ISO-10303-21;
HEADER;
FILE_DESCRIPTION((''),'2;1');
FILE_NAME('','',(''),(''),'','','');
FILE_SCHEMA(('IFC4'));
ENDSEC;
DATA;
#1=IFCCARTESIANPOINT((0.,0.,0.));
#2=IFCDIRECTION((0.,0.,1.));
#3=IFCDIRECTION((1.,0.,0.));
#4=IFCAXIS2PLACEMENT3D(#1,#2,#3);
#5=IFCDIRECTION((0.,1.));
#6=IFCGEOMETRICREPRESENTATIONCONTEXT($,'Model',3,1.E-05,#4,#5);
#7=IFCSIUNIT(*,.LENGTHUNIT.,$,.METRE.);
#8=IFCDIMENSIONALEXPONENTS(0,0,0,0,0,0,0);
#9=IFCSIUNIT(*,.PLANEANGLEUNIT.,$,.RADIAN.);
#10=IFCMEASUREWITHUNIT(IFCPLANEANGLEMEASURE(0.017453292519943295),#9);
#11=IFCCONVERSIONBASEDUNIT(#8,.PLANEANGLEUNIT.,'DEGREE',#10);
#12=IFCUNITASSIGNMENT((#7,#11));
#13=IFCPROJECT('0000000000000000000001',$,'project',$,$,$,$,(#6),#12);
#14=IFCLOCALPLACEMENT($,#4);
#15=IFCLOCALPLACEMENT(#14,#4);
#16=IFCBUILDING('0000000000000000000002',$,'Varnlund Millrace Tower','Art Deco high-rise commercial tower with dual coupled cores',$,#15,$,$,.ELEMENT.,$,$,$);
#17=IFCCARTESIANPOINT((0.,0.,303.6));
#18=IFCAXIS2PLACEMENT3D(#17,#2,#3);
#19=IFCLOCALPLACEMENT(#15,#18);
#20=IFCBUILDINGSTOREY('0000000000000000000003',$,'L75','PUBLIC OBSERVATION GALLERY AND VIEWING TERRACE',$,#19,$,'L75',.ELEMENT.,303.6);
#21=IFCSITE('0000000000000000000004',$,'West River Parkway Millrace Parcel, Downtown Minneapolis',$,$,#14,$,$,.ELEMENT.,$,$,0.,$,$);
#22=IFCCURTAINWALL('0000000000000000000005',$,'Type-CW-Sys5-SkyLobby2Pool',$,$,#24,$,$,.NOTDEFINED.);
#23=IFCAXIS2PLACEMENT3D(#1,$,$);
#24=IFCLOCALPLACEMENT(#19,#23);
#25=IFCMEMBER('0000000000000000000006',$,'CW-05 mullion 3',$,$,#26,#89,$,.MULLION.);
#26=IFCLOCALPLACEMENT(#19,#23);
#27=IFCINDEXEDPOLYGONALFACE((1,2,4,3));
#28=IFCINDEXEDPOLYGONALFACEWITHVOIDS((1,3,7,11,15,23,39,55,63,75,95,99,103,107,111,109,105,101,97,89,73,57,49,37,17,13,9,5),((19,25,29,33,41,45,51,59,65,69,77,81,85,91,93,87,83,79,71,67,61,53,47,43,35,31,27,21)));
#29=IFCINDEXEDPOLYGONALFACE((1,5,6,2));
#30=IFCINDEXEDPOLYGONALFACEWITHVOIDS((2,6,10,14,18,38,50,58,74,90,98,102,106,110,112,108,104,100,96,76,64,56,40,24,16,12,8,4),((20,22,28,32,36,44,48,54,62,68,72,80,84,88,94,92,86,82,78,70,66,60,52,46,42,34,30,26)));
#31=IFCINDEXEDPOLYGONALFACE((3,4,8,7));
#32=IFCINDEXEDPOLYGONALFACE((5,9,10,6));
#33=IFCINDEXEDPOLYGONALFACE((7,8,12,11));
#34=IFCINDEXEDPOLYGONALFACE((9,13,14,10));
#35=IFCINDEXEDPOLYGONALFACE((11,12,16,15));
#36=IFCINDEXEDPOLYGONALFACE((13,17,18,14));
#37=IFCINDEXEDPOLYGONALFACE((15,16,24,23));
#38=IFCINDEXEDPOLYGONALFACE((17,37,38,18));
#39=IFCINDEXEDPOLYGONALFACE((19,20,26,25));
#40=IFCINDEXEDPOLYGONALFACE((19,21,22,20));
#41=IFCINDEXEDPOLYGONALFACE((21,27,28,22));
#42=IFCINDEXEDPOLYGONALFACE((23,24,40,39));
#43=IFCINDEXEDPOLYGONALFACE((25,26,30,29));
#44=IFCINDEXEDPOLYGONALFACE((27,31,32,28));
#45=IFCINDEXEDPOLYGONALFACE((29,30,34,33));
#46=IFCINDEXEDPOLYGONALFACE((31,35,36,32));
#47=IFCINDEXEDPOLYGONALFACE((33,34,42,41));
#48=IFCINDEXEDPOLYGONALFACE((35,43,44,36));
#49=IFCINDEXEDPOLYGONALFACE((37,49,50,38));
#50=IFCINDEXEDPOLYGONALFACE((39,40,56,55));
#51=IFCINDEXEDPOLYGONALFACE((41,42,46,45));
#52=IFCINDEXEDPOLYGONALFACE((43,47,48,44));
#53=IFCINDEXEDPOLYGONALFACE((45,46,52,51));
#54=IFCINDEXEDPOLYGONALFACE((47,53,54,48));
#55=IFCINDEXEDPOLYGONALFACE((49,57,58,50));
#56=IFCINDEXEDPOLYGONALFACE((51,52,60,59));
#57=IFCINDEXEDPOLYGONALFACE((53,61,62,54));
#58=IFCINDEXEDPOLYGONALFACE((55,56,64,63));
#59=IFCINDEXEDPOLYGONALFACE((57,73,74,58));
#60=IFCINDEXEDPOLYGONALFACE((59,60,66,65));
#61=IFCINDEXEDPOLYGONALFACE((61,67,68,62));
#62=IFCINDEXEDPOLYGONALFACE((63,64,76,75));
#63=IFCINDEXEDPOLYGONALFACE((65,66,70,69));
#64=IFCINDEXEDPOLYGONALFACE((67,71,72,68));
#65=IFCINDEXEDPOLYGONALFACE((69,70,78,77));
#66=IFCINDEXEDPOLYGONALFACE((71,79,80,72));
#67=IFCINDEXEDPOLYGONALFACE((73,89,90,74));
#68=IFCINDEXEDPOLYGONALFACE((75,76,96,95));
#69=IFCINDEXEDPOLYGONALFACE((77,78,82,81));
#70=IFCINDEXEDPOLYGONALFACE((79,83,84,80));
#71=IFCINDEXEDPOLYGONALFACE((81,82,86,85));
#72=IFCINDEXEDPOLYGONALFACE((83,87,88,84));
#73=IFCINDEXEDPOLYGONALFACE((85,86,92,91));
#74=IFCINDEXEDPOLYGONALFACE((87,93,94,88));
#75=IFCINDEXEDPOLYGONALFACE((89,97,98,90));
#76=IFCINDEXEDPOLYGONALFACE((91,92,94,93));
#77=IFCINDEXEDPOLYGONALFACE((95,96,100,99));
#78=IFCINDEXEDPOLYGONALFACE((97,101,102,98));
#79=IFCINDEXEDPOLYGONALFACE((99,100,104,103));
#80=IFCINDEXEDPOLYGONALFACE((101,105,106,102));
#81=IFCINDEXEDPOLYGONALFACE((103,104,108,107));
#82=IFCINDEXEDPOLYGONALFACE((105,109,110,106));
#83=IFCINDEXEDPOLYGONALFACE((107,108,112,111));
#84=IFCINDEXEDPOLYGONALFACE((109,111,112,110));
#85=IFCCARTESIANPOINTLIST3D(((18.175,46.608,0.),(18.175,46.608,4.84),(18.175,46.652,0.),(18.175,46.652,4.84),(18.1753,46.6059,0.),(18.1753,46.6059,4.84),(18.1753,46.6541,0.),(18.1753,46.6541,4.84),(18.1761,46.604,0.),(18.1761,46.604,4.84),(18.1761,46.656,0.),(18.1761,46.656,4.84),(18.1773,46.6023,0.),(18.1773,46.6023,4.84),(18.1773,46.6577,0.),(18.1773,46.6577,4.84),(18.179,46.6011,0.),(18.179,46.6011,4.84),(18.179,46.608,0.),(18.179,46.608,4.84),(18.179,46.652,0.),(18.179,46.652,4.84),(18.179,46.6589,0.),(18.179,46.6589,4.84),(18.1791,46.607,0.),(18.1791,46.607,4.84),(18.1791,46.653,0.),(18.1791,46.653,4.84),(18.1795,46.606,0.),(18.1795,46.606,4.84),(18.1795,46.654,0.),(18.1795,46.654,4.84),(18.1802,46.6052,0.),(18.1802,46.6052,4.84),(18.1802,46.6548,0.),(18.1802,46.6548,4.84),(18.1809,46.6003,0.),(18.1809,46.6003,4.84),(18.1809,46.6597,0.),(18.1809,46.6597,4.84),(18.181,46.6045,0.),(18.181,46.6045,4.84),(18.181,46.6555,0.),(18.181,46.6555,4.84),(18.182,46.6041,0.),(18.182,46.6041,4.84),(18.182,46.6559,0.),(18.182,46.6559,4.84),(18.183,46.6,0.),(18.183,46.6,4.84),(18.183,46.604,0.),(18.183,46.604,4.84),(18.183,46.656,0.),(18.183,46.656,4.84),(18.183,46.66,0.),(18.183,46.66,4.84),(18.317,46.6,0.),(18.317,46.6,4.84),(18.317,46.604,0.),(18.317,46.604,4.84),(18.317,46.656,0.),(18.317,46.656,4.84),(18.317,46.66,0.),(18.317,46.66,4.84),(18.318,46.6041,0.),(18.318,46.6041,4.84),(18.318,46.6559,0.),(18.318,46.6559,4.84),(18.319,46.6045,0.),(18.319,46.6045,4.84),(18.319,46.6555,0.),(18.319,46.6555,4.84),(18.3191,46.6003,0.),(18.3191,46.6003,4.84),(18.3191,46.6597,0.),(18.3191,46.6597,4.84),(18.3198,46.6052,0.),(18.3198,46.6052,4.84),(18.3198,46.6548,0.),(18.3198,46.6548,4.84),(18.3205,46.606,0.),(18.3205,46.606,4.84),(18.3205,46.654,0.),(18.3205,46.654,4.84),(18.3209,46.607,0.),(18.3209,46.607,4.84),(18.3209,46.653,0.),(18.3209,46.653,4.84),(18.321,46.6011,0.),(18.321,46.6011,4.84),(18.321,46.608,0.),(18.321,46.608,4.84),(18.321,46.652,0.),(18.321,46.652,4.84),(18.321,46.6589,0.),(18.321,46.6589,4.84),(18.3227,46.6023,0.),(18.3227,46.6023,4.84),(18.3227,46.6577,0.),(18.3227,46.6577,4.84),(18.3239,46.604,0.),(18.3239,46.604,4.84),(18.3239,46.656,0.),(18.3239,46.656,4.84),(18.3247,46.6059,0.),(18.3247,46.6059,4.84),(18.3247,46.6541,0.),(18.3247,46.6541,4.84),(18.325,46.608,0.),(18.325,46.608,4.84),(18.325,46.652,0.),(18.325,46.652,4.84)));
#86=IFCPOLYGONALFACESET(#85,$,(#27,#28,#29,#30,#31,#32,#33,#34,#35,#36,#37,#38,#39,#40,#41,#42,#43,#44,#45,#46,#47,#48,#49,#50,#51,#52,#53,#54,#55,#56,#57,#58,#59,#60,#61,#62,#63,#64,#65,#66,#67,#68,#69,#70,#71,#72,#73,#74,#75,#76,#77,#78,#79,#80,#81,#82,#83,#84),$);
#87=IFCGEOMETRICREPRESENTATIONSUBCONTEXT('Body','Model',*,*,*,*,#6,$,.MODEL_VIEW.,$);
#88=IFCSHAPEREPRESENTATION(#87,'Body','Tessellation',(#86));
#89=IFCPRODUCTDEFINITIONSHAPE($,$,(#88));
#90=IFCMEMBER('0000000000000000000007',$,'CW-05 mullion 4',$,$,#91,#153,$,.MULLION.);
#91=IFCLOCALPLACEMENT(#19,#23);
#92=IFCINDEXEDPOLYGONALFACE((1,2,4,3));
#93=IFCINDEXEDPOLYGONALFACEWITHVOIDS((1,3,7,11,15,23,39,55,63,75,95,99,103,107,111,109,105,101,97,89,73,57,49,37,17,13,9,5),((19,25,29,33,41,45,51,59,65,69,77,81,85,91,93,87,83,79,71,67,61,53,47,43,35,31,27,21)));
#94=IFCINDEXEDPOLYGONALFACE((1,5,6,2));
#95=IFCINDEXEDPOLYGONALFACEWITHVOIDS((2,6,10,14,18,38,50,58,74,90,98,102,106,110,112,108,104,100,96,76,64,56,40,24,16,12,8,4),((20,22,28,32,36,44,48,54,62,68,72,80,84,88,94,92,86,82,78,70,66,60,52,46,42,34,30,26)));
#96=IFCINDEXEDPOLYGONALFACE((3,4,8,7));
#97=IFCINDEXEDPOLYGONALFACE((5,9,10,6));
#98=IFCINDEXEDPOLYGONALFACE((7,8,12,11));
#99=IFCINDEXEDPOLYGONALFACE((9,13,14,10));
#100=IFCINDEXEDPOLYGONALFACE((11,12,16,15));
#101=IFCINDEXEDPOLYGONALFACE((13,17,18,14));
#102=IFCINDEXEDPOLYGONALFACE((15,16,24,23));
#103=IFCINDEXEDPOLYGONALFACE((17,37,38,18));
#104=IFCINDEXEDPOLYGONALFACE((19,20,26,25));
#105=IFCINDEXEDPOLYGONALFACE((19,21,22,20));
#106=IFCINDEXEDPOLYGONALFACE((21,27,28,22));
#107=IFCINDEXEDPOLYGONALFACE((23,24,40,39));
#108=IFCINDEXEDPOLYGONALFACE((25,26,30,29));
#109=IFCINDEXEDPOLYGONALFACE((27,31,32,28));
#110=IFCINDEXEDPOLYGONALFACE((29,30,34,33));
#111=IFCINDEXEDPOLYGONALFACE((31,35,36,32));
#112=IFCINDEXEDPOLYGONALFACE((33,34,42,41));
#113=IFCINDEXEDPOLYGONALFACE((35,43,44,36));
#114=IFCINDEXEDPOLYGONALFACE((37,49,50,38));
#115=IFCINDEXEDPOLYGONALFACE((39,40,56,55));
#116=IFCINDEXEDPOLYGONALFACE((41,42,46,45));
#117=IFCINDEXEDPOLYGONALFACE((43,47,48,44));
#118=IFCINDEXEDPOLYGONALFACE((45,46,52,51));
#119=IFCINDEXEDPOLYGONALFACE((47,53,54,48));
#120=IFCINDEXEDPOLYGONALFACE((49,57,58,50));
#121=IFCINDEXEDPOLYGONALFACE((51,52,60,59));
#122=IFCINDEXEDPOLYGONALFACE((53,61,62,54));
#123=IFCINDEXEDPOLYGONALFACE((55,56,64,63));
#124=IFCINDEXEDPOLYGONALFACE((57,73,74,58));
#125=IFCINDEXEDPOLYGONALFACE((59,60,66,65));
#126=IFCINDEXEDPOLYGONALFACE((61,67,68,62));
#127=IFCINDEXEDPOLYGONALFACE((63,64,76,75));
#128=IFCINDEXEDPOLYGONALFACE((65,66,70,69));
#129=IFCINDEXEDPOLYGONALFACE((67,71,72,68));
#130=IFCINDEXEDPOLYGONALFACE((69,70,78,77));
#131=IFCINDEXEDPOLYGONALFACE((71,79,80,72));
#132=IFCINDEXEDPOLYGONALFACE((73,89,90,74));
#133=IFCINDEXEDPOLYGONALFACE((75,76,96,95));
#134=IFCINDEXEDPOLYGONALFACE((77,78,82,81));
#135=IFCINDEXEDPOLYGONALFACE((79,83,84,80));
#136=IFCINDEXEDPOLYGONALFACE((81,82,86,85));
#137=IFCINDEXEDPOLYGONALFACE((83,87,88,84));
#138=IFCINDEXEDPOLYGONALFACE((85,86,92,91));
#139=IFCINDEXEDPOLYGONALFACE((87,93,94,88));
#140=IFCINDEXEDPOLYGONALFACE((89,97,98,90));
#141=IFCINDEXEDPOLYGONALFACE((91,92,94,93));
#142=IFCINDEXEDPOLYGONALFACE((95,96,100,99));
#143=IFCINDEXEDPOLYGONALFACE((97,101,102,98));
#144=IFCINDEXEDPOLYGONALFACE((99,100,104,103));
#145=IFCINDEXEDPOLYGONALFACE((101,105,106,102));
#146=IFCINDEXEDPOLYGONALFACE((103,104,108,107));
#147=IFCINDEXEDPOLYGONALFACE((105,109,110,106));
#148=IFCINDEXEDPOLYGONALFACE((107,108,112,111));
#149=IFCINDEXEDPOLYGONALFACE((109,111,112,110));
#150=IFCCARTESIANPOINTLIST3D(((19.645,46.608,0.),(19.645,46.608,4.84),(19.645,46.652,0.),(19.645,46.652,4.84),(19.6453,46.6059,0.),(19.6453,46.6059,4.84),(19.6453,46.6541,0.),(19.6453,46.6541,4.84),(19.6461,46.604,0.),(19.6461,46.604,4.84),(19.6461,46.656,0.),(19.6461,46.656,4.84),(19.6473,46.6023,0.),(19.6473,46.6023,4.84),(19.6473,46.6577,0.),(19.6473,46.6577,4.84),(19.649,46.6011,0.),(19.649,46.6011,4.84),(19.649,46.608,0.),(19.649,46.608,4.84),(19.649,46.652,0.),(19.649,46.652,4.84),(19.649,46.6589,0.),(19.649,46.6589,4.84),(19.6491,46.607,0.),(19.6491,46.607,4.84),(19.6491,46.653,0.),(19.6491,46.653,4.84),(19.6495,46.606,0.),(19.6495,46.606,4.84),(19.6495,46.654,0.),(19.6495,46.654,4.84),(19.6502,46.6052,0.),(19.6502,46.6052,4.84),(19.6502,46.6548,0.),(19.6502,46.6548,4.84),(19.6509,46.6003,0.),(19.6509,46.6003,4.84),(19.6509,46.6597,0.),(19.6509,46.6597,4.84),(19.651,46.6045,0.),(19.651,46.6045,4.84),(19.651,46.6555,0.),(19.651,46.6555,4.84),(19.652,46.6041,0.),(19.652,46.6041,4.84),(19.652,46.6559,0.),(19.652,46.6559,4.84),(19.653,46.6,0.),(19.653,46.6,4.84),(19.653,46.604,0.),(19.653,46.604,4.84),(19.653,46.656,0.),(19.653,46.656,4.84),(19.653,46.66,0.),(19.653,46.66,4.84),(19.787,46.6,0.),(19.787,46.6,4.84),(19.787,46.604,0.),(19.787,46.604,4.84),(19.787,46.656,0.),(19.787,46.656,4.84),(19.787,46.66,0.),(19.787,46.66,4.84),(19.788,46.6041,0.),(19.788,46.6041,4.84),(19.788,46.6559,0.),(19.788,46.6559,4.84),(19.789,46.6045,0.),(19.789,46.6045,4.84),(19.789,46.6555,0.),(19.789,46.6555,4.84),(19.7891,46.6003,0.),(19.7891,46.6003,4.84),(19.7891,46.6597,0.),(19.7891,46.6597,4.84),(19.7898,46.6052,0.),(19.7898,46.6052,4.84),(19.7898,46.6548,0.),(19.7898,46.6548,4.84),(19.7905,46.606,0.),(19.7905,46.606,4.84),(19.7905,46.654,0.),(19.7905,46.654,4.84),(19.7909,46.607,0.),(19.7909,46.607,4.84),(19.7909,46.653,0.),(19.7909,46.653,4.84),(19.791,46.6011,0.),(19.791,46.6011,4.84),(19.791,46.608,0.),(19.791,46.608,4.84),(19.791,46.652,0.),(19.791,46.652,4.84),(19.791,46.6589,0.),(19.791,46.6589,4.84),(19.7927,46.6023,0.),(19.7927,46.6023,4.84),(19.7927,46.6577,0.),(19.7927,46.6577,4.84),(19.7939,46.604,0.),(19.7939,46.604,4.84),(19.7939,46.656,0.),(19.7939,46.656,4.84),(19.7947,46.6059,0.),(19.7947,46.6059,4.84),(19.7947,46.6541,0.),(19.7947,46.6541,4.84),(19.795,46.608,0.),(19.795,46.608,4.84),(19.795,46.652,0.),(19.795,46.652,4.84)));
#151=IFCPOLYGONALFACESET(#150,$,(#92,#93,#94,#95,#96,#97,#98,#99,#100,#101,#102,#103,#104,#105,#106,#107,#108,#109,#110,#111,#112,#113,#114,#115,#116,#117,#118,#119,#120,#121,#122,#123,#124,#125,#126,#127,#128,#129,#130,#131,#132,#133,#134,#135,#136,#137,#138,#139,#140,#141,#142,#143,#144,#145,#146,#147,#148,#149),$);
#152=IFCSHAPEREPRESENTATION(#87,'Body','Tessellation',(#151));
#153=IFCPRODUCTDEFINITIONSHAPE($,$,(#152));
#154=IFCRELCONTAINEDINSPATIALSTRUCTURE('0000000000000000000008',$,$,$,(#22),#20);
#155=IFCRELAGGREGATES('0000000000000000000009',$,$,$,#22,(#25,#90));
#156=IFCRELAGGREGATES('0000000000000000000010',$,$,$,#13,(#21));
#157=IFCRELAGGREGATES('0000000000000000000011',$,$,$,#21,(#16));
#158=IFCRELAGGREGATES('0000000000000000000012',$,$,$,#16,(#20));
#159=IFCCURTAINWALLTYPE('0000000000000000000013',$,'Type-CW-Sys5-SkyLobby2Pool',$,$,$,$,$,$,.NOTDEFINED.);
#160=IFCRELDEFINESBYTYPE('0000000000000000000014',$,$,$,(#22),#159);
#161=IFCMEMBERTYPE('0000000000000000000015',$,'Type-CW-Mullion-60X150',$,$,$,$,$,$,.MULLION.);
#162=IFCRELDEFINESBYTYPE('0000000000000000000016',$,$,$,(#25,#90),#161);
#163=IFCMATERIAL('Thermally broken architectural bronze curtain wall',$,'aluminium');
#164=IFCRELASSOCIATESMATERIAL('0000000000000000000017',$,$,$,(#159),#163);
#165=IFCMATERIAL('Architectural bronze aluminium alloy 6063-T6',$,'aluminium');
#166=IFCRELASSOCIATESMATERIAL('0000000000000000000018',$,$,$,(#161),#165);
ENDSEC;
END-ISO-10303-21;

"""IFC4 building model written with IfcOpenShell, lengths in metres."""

from ifc_helpers import new_model, entity, si_unit, converted_unit, direction, frame, origin_with_axes, origin_2d_with_axis, place, context, subcontext, project, spatial, hollow_rectangle, extrude, material, material_profile, profile_set, type_object, element, aggregate, save


model = new_model("IFC4")

# Units and contexts
model_context = context("Model", 3, precision=1e-05, world=origin_with_axes(), true_north=direction((0.0, 1.0)))
body_context = subcontext(model_context, "Body", "Model", "MODEL_VIEW")
ifc_project = project(units=[si_unit("LENGTHUNIT", "METRE"), converted_unit("PLANEANGLEUNIT", "DEGREE", entity("IfcPlaneAngleMeasure", 0.017453292519943295), si_unit("PLANEANGLEUNIT", "RADIAN"), dimensions=[0, 0, 0, 0, 0, 0, 0])], contexts=[model_context])

# Site, building, storey
site_placement = place(None, origin_with_axes())
site = spatial("IfcSite", under=ifc_project, at=site_placement, Name="West River Parkway Millrace Parcel, Downtown Minneapolis", CompositionType="ELEMENT", RefElevation=0.0)
building_placement = place(site_placement, origin_with_axes())
building = spatial("IfcBuilding", under=site, at=building_placement, Name="Varnlund Millrace Tower", Description="Art Deco high-rise commercial tower with dual coupled cores", CompositionType="ELEMENT")
storey_placement = place(building_placement, frame((0.0, 0.0, 303.6), z_axis=(0.0, 0.0, 1.0), x_axis=(1.0, 0.0, 0.0)))
storey = spatial("IfcBuildingStorey", under=building, at=storey_placement, Name="L75", Description="PUBLIC OBSERVATION GALLERY AND VIEWING TERRACE", LongName="L75", CompositionType="ELEMENT", Elevation=303.6)

# Curtain wall, members
ifc_material_1 = material(Name="Thermally broken architectural bronze curtain wall", Category="aluminium")
curtain_wall_type = type_object("IfcCurtainWallType", Name="Type-CW-Sys5-SkyLobby2Pool", PredefinedType="NOTDEFINED", material=ifc_material_1)
ifc_material_2 = material(Name="Architectural bronze aluminium alloy 6063-T6", Category="aluminium")
ifc_material_profile_1 = material_profile(ifc_material_2, hollow_rectangle(XDim=0.06, YDim=0.15, WallThickness=0.004, InnerFilletRadius=0.004, OuterFilletRadius=0.008, at=origin_2d_with_axis()), Name="Architectural bronze aluminium alloy 6063-T6")
ifc_profile_set_1 = profile_set([ifc_material_profile_1], Name="Architectural bronze aluminium alloy 6063-T6")
member_type = type_object("IfcMemberType", Name="Type-CW-Mullion-60X150", PredefinedType="MULLION", material=ifc_profile_set_1)
curtain_wall_1_placement = place(storey_placement, frame((15.25, 46.63, 0.0), z_axis=(0.0, 0.0, 1.0), x_axis=(1.0, 0.0, 0.0)))
curtain_wall_1 = element("IfcCurtainWall", 1, at=curtain_wall_1_placement, inside=storey, type_object=curtain_wall_type, Name="Type-CW-Sys5-SkyLobby2Pool", PredefinedType="NOTDEFINED")
member_1_placement = place(storey_placement, frame((18.25, 46.63, 0.0), z_axis=(0.0, 0.0, 1.0), x_axis=(0.0, 1.0, 0.0)))
member_1 = element("IfcMember", 2, at=member_1_placement, type_object=member_type, Name="CW-05 mullion 3", PredefinedType="MULLION", context=body_context, shape_type="SweptSolid", body=[
    extrude(hollow_rectangle(XDim=0.06, YDim=0.15, WallThickness=0.004, InnerFilletRadius=0.004, OuterFilletRadius=0.008, at=origin_2d_with_axis()), origin_with_axes(), (0.0, 0.0, 1.0), 4.84),
])
member_2_placement = place(storey_placement, frame((19.72, 46.63, 0.0), z_axis=(0.0, 0.0, 1.0), x_axis=(0.0, 1.0, 0.0)))
member_2 = element("IfcMember", 3, at=member_2_placement, type_object=member_type, Name="CW-05 mullion 4", PredefinedType="MULLION", context=body_context, shape_type="SweptSolid", body=[
    extrude(hollow_rectangle(XDim=0.06, YDim=0.15, WallThickness=0.004, InnerFilletRadius=0.004, OuterFilletRadius=0.008, at=origin_2d_with_axis()), origin_with_axes(), (0.0, 0.0, 1.0), 4.84),
])
aggregate(curtain_wall_1, [member_1, member_2])

save(model, "model.ifc")
